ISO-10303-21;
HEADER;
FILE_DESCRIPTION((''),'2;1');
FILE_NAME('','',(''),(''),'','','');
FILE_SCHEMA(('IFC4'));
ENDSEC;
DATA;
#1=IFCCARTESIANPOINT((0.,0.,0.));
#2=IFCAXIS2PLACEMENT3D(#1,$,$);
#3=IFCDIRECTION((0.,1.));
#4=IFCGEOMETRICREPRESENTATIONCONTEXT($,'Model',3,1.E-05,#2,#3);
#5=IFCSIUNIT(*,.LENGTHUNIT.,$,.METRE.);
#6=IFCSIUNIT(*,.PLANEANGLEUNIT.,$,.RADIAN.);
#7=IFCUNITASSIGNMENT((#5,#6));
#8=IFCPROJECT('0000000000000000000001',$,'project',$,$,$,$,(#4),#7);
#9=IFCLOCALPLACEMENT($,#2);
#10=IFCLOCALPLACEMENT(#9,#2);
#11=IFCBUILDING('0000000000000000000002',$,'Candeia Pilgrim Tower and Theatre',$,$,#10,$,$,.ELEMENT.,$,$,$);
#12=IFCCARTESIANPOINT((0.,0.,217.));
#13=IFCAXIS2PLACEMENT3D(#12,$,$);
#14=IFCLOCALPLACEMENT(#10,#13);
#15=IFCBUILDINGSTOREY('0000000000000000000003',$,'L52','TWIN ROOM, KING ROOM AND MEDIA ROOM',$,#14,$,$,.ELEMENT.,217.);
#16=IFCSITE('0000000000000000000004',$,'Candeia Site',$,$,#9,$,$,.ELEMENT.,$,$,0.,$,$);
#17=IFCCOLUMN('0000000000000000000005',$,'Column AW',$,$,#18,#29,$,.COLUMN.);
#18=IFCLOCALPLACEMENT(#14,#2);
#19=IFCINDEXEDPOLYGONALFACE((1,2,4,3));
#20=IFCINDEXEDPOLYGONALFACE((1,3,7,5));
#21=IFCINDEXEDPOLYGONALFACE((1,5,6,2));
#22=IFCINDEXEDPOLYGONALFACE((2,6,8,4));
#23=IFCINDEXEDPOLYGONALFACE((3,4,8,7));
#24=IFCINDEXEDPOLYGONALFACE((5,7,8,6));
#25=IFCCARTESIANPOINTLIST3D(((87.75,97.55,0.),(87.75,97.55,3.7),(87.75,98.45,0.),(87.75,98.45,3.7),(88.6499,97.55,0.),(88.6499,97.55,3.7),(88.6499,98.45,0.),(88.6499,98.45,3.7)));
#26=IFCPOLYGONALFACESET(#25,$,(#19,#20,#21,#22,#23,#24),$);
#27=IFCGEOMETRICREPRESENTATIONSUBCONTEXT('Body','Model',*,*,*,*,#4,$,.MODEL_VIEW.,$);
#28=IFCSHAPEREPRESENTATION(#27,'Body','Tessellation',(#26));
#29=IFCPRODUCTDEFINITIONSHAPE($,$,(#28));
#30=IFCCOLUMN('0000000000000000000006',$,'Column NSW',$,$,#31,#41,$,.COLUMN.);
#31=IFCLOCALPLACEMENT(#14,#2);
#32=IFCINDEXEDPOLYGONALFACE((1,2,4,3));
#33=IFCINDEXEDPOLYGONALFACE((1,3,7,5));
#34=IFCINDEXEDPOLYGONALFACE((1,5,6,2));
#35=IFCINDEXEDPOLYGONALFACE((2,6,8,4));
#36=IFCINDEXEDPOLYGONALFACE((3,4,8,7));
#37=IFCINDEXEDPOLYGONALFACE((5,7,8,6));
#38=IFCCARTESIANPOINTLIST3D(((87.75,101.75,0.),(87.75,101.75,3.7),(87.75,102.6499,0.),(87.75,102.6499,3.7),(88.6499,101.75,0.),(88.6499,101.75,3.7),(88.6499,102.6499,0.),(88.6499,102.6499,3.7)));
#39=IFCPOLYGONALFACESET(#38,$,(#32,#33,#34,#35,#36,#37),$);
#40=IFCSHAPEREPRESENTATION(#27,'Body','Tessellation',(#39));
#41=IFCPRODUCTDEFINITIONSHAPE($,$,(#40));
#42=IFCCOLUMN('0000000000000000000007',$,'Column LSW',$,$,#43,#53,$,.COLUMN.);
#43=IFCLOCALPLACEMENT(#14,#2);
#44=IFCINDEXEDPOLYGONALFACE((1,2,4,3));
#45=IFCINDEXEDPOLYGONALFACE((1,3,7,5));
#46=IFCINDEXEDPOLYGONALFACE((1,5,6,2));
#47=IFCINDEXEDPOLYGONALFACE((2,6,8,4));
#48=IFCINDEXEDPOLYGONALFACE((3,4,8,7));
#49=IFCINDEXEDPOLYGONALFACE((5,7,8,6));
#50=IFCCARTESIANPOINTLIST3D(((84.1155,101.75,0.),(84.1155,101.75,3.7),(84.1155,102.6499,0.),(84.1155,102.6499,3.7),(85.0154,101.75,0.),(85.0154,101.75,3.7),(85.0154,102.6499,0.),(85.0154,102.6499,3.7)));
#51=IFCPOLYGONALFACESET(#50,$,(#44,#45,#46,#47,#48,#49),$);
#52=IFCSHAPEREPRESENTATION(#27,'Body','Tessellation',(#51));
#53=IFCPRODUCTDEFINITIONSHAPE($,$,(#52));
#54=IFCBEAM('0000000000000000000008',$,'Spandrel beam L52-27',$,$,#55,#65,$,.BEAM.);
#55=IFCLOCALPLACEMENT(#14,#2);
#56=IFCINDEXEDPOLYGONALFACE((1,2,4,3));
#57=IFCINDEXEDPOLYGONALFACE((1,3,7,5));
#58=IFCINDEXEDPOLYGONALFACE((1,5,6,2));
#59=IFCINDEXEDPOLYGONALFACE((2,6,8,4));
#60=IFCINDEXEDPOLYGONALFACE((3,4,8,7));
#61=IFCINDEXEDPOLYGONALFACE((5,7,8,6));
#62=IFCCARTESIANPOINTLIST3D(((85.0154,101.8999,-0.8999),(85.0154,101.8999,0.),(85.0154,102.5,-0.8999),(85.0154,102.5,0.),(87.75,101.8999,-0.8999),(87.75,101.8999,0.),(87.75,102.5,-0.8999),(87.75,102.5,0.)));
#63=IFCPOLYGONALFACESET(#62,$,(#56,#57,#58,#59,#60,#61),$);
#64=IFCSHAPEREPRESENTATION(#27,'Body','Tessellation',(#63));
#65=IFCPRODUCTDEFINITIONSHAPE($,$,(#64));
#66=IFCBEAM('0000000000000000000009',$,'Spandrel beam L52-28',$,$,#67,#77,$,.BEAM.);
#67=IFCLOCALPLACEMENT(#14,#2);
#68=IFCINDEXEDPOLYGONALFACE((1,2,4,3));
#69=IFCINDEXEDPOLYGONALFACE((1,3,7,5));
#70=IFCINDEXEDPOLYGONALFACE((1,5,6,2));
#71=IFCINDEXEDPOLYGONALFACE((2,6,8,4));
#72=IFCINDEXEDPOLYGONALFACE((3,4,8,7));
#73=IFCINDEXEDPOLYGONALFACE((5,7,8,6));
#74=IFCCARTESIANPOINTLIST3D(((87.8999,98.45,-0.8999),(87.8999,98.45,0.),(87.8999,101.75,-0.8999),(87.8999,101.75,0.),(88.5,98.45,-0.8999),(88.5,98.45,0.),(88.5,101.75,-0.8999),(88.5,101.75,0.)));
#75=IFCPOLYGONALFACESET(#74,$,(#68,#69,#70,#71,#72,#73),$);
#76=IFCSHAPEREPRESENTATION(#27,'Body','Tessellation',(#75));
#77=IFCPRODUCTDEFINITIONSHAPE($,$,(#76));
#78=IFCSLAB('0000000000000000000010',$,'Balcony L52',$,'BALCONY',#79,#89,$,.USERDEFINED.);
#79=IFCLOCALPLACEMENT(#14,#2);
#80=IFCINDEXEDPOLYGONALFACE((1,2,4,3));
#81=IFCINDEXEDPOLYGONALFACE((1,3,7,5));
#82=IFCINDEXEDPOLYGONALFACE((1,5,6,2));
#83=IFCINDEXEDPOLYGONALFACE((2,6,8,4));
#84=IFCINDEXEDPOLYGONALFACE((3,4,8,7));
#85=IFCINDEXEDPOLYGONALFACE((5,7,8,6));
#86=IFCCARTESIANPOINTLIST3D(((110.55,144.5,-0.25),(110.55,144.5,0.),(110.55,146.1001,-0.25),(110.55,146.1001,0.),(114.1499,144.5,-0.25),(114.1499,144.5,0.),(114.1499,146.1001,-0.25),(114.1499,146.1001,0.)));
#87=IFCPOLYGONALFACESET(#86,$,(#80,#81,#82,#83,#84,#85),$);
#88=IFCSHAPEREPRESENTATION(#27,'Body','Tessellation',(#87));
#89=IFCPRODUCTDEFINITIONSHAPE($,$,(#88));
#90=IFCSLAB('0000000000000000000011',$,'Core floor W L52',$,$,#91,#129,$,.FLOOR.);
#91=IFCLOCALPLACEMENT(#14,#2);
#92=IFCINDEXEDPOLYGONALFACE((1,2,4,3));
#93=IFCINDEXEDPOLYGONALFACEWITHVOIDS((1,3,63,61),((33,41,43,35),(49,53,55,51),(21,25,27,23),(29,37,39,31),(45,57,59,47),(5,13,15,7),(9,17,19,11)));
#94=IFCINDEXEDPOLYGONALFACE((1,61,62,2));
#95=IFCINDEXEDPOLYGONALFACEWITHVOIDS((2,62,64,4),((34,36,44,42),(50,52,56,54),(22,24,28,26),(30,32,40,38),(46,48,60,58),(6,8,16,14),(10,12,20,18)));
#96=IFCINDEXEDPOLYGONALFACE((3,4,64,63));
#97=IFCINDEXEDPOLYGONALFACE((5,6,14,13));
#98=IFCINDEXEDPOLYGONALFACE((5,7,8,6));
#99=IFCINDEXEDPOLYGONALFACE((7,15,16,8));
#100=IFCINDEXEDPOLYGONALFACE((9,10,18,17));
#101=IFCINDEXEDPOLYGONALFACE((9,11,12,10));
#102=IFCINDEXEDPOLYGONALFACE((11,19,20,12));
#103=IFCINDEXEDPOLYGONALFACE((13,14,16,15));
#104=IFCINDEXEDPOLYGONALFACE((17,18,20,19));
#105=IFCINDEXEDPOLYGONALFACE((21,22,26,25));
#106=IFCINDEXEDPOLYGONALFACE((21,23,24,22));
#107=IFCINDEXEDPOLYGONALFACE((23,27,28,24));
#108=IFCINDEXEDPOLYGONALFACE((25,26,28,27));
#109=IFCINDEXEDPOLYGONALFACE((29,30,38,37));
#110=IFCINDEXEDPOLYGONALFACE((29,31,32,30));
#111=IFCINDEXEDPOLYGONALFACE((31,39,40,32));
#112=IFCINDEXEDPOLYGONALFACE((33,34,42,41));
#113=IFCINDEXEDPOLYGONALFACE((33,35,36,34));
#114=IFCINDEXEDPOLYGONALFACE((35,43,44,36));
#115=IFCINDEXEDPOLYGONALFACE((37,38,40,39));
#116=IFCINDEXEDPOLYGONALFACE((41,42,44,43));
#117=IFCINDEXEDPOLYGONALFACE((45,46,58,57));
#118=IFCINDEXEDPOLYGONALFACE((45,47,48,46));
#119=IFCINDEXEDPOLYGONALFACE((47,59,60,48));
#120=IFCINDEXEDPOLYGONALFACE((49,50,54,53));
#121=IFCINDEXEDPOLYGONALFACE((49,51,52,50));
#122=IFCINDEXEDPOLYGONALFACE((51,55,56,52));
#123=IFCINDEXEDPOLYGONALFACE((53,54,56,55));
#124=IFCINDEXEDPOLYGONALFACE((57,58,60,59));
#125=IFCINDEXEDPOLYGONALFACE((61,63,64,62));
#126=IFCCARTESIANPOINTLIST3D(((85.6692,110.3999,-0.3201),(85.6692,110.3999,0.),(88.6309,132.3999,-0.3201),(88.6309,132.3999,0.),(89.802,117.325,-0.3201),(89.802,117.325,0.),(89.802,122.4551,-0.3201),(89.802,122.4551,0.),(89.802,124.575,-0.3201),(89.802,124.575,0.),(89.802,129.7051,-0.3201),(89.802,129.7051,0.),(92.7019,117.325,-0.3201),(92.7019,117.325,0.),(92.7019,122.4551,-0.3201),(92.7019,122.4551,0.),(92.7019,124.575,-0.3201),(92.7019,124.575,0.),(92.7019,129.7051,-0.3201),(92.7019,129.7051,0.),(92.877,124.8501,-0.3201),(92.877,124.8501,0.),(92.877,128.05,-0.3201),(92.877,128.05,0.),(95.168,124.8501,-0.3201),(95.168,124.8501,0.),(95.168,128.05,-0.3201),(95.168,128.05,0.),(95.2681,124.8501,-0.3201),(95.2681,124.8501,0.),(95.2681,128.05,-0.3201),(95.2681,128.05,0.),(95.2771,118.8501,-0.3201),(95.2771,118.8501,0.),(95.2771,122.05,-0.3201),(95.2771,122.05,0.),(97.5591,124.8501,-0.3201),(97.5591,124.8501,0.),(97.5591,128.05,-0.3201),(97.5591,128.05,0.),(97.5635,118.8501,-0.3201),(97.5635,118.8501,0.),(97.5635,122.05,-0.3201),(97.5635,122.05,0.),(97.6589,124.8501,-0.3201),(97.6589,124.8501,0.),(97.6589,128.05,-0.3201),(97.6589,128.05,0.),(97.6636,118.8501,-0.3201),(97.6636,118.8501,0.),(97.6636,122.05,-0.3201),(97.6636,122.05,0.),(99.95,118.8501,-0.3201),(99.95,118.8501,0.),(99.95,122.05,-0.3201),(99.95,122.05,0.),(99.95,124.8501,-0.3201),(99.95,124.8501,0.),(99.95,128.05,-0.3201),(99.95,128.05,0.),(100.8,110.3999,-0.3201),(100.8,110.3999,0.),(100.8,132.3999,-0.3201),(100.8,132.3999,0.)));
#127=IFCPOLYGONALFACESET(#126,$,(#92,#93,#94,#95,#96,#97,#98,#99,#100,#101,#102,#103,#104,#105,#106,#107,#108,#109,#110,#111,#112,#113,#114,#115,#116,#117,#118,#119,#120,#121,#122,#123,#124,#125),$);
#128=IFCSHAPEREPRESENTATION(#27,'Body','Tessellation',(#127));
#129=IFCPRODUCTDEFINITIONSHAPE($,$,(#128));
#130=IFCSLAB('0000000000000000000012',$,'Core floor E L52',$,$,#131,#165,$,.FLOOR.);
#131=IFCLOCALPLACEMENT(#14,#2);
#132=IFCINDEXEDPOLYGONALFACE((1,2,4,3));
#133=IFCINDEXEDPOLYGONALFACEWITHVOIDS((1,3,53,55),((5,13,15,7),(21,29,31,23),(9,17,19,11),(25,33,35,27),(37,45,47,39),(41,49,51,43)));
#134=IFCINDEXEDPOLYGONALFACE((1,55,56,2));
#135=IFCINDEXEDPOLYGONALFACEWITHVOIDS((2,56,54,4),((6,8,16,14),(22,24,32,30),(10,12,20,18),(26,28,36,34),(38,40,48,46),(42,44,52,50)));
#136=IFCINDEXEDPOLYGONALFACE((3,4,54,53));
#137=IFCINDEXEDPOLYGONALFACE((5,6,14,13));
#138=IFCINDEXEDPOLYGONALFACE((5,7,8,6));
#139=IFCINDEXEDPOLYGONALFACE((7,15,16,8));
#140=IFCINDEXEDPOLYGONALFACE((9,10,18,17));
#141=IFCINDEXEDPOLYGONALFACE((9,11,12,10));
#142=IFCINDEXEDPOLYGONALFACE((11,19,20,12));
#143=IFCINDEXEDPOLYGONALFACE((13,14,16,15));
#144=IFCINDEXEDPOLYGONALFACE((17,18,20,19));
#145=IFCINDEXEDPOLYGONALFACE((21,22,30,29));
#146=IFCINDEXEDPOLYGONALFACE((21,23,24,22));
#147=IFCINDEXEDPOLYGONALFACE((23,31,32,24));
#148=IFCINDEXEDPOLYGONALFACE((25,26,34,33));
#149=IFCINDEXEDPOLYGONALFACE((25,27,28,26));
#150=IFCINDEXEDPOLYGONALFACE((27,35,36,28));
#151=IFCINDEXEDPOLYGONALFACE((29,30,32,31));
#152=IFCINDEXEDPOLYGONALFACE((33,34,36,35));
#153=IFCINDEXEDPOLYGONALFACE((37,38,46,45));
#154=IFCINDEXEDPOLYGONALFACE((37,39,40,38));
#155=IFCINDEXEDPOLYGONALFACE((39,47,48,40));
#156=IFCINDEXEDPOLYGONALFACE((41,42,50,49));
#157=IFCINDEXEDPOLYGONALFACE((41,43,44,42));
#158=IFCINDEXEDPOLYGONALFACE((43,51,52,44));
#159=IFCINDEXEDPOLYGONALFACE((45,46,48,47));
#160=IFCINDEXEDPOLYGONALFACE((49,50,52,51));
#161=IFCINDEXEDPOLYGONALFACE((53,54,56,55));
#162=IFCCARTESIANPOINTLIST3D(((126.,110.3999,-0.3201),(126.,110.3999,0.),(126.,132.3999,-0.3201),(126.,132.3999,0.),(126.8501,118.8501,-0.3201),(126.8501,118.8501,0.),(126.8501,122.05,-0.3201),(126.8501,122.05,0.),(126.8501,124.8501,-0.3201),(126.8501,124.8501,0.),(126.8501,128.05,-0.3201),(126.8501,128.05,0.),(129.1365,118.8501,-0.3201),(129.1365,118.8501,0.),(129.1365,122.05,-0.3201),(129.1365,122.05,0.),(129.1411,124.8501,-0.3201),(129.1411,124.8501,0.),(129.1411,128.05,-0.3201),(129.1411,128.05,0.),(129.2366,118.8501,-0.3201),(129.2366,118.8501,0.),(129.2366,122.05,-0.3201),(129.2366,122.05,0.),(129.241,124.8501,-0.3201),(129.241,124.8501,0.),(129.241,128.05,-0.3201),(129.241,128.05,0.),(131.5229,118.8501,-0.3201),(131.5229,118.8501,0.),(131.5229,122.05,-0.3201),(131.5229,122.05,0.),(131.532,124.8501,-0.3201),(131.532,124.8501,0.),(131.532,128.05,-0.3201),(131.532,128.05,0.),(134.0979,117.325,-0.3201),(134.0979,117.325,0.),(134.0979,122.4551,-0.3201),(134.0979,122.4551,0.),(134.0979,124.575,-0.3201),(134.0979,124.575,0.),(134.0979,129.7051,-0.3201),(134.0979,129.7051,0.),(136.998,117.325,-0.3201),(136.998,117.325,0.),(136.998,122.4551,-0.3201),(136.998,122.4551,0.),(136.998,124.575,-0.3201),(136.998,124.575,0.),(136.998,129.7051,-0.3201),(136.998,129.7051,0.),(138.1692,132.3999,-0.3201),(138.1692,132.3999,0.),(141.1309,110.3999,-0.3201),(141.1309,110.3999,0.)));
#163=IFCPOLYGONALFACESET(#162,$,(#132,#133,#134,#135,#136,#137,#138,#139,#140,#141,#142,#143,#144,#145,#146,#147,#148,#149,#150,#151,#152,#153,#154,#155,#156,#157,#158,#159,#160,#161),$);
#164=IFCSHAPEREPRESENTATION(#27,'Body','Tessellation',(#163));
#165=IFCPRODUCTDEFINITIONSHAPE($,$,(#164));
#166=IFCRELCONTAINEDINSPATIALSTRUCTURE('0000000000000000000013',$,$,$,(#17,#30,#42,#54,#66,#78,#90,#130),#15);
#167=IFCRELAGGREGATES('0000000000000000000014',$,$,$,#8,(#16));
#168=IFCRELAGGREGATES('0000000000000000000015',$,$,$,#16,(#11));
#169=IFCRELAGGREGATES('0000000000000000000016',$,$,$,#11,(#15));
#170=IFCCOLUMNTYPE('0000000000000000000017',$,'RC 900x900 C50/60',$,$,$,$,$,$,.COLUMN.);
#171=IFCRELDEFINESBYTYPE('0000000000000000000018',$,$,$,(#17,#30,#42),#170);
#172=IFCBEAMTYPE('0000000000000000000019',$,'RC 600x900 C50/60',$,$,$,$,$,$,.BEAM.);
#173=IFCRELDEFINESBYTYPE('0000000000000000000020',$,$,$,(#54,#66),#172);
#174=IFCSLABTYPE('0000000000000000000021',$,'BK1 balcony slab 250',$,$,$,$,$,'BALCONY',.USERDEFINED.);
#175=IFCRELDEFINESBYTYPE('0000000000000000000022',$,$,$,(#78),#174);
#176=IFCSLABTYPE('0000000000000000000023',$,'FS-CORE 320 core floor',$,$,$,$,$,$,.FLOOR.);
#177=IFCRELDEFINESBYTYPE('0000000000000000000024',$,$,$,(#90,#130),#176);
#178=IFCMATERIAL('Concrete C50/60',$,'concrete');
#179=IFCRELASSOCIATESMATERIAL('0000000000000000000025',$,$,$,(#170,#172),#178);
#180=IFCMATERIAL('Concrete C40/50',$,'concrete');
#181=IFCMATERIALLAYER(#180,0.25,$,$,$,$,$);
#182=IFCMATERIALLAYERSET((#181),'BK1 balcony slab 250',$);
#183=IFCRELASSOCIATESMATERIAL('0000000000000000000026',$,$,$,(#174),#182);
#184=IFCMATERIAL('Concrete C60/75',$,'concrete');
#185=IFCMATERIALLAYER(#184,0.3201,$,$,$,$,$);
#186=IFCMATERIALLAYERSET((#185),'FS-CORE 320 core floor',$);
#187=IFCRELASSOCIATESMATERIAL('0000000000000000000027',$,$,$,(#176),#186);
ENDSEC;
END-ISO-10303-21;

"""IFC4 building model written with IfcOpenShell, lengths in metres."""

from ifc_helpers import new_model, si_unit, direction, frame, origin, origin_2d, place, context, subcontext, project, spatial, polyline, rectangle, outline, extrude, material, layer, layer_set, material_profile, profile_set, type_object, element, save


model = new_model("IFC4")

# Units and contexts
model_context = context("Model", 3, precision=1e-05, world=origin(), true_north=direction((0.0, 1.0)))
body_context = subcontext(model_context, "Body", "Model", "MODEL_VIEW")
ifc_project = project(units=[si_unit("LENGTHUNIT", "METRE"), si_unit("PLANEANGLEUNIT", "RADIAN")], contexts=[model_context])

# Site, building, storey
site_placement = place(None, origin())
site = spatial("IfcSite", under=ifc_project, at=site_placement, Name="Candeia Site", CompositionType="ELEMENT", RefElevation=0.0)
building_placement = place(site_placement, origin())
building = spatial("IfcBuilding", under=site, at=building_placement, Name="Candeia Pilgrim Tower and Theatre", CompositionType="ELEMENT")
storey_placement = place(building_placement, frame((0.0, 0.0, 217.0)))
storey = spatial("IfcBuildingStorey", under=building, at=storey_placement, Name="L52", Description="TWIN ROOM, KING ROOM AND MEDIA ROOM", CompositionType="ELEMENT", Elevation=217.0)

# Columns
ifc_material_1 = material(Name="Concrete C50/60", Category="concrete")
ifc_material_profile_1 = material_profile(ifc_material_1, rectangle(XDim=0.8999, YDim=0.8999, at=origin_2d()))
ifc_profile_set_1 = profile_set([ifc_material_profile_1], Name="Concrete C50/60")
column_type = type_object("IfcColumnType", Name="RC 900x900 C50/60", PredefinedType="COLUMN", material=ifc_profile_set_1)
for number, where, z_axis, x_axis, name in (
    (1, (88.2, 98.0, 0.0), (0.0, 0.0, 1.0), (1.0, 0.0, 0.0), "Column AW"),
    (2, (88.2, 102.2, 0.0), (0.0, 0.0, 1.0), (1.0, 0.0, 0.0), "Column NSW"),
    (3, (84.5654, 102.2, 0.0), (0.0, 0.0, 1.0), (1.0, 0.0, 0.0), "Column LSW"),
):
    element("IfcColumn", number, at=place(storey_placement, frame(where, z_axis=z_axis, x_axis=x_axis)), inside=storey, type_object=column_type, Name=name, PredefinedType="COLUMN", context=body_context, shape_type="SweptSolid", body=[
        extrude(rectangle(XDim=0.8999, YDim=0.8999, at=origin_2d()), origin(), (0.0, 0.0, 1.0), 3.7),
    ])

# Beams
ifc_material_profile_2 = material_profile(ifc_material_1, rectangle(XDim=0.6001, YDim=0.8999, at=origin_2d()))
ifc_profile_set_2 = profile_set([ifc_material_profile_2], Name="Concrete C50/60")
beam_type = type_object("IfcBeamType", Name="RC 600x900 C50/60", PredefinedType="BEAM", material=ifc_profile_set_2)
beam_1_placement = place(storey_placement, frame((85.0154, 102.2, -0.45), z_axis=(1.0, 0.0, 0.0), x_axis=(0.0, 1.0, 0.0)))
element("IfcBeam", 4, at=beam_1_placement, inside=storey, type_object=beam_type, Name="Spandrel beam L52-27", PredefinedType="BEAM", context=body_context, shape_type="SweptSolid", body=[
    extrude(rectangle(XDim=0.6001, YDim=0.8999, at=origin_2d()), origin(), (0.0, 0.0, 1.0), 2.7346),
])
beam_2_placement = place(storey_placement, frame((88.2, 101.75, -0.45), z_axis=(0.0, -1.0, 0.0), x_axis=(1.0, 0.0, 0.0)))
element("IfcBeam", 5, at=beam_2_placement, inside=storey, type_object=beam_type, Name="Spandrel beam L52-28", PredefinedType="BEAM", context=body_context, shape_type="SweptSolid", body=[
    extrude(rectangle(XDim=0.6001, YDim=0.8999, at=origin_2d()), origin(), (0.0, 0.0, 1.0), 3.3),
])

# Slabs
ifc_material_2 = material(Name="Concrete C40/50", Category="concrete")
ifc_layer_1 = layer(ifc_material_2, 0.25)
ifc_layer_set_1 = layer_set([ifc_layer_1], Name="BK1 balcony slab 250")
slab_type_1 = type_object("IfcSlabType", Name="BK1 balcony slab 250", ElementType="BALCONY", PredefinedType="USERDEFINED", material=ifc_layer_set_1)
slab_1_placement = place(storey_placement, frame((0.0, 0.0, -0.25)))
element("IfcSlab", 6, at=slab_1_placement, inside=storey, type_object=slab_type_1, Name="Balcony L52", ObjectType="BALCONY", PredefinedType="USERDEFINED", context=body_context, shape_type="SweptSolid", body=[
    extrude(outline(polyline([(110.55, 144.5), (114.1499, 144.5), (114.1499, 146.1001), (110.55, 146.1001), (110.55, 144.5)])), origin(), (0.0, 0.0, 1.0), 0.25),
])
ifc_material_3 = material(Name="Concrete C60/75", Category="concrete")
ifc_layer_2 = layer(ifc_material_3, 0.3201)
ifc_layer_set_2 = layer_set([ifc_layer_2], Name="FS-CORE 320 core floor")
slab_type_2 = type_object("IfcSlabType", Name="FS-CORE 320 core floor", PredefinedType="FLOOR", material=ifc_layer_set_2)
slab_2_placement = place(storey_placement, frame((0.0, 0.0, -0.3201)))
element("IfcSlab", 7, at=slab_2_placement, inside=storey, type_object=slab_type_2, Name="Core floor W L52", PredefinedType="FLOOR", context=body_context, shape_type="SweptSolid", body=[
    extrude(outline(polyline([(100.8, 132.3999), (100.8, 110.3999), (85.6692, 110.3999), (88.6309, 132.3999), (100.8, 132.3999)]), holes=[polyline([(97.6589, 128.05), (97.6589, 124.8501), (99.95, 124.8501), (99.95, 128.05), (97.6589, 128.05)]), polyline([(97.6636, 122.05), (97.6636, 118.8501), (99.95, 118.8501), (99.95, 122.05), (97.6636, 122.05)]), polyline([(95.2771, 122.05), (95.2771, 118.8501), (97.5635, 118.8501), (97.5635, 122.05), (95.2771, 122.05)]), polyline([(95.2681, 128.05), (95.2681, 124.8501), (97.5591, 124.8501), (97.5591, 128.05), (95.2681, 128.05)]), polyline([(92.877, 128.05), (92.877, 124.8501), (95.168, 124.8501), (95.168, 128.05), (92.877, 128.05)]), polyline([(89.802, 117.325), (92.7019, 117.325), (92.7019, 122.4551), (89.802, 122.4551), (89.802, 117.325)]), polyline([(89.802, 129.7051), (89.802, 124.575), (92.7019, 124.575), (92.7019, 129.7051), (89.802, 129.7051)])]), origin(), (0.0, 0.0, 1.0), 0.3201),
])
slab_3_placement = place(storey_placement, frame((0.0, 0.0, -0.3201)))
element("IfcSlab", 8, at=slab_3_placement, inside=storey, type_object=slab_type_2, Name="Core floor E L52", PredefinedType="FLOOR", context=body_context, shape_type="SweptSolid", body=[
    extrude(outline(polyline([(138.1692, 132.3999), (141.1309, 110.3999), (126.0, 110.3999), (126.0, 132.3999), (138.1692, 132.3999)]), holes=[polyline([(134.0979, 117.325), (136.998, 117.325), (136.998, 122.4551), (134.0979, 122.4551), (134.0979, 117.325)]), polyline([(134.0979, 129.7051), (134.0979, 124.575), (136.998, 124.575), (136.998, 129.7051), (134.0979, 129.7051)]), polyline([(131.532, 128.05), (129.241, 128.05), (129.241, 124.8501), (131.532, 124.8501), (131.532, 128.05)]), polyline([(131.5229, 122.05), (129.2366, 122.05), (129.2366, 118.8501), (131.5229, 118.8501), (131.5229, 122.05)]), polyline([(126.8501, 128.05), (126.8501, 124.8501), (129.1411, 124.8501), (129.1411, 128.05), (126.8501, 128.05)]), polyline([(129.1365, 122.05), (126.8501, 122.05), (126.8501, 118.8501), (129.1365, 118.8501), (129.1365, 122.05)])]), origin(), (0.0, 0.0, 1.0), 0.3201),
])

save(model, "model.ifc")
